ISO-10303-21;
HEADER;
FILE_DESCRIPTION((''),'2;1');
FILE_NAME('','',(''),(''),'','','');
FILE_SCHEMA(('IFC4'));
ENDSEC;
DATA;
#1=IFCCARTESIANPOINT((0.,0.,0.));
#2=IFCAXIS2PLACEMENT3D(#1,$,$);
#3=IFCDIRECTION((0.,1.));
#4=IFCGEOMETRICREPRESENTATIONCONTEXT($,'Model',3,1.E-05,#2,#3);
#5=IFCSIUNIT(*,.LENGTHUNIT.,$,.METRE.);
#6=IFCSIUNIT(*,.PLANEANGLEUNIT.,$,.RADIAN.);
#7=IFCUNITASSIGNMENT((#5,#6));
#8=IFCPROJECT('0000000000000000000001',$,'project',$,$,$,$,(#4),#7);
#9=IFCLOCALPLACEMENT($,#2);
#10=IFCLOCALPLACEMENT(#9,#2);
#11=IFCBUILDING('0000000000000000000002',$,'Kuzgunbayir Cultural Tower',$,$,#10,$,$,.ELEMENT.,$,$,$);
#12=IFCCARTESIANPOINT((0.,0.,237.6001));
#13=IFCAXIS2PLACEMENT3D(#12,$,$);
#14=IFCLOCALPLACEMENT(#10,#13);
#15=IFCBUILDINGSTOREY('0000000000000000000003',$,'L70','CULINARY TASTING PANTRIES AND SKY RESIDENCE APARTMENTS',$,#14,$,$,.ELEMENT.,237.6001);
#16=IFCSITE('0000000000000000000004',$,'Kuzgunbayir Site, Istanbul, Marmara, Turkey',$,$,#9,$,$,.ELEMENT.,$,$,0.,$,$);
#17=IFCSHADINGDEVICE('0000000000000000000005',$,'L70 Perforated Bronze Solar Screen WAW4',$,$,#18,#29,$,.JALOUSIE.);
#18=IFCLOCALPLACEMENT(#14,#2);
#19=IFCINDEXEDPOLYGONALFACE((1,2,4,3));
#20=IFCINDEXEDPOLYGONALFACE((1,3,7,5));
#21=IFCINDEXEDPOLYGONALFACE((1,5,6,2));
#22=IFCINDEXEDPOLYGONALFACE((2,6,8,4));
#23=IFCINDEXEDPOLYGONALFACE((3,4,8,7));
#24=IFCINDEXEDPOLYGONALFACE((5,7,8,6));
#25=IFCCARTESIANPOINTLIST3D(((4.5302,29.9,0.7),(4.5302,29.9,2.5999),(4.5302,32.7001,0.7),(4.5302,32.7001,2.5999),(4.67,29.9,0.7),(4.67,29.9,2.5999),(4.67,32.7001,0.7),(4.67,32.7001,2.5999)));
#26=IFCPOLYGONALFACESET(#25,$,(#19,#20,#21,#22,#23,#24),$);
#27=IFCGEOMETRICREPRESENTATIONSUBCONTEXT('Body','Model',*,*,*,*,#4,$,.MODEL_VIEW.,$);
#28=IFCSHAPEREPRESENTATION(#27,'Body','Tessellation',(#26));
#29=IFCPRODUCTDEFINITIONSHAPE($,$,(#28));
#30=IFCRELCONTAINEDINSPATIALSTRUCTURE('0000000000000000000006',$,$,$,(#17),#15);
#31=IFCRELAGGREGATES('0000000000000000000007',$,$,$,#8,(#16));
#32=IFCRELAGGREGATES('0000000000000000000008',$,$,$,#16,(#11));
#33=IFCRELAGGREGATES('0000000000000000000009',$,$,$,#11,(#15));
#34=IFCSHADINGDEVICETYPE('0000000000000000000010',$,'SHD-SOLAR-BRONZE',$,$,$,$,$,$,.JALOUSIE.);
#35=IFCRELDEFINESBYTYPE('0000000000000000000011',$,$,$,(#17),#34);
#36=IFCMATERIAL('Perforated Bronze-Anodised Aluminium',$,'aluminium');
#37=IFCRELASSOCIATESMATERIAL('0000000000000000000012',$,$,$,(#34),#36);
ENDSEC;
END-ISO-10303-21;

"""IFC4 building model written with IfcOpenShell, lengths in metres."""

from ifc_helpers import new_model, si_unit, direction, frame, origin, origin_2d, place, context, subcontext, project, spatial, rectangle, extrude, material, type_object, element, save


model = new_model("IFC4")

# Units and contexts
model_context = context("Model", 3, precision=1e-05, world=origin(), true_north=direction((0.0, 1.0)))
body_context = subcontext(model_context, "Body", "Model", "MODEL_VIEW")
ifc_project = project(units=[si_unit("LENGTHUNIT", "METRE"), si_unit("PLANEANGLEUNIT", "RADIAN")], contexts=[model_context])

# Site, building, storey
site_placement = place(None, origin())
site = spatial("IfcSite", under=ifc_project, at=site_placement, Name="Kuzgunbayir Site, Istanbul, Marmara, Turkey", CompositionType="ELEMENT", RefElevation=0.0)
building_placement = place(site_placement, origin())
building = spatial("IfcBuilding", under=site, at=building_placement, Name="Kuzgunbayir Cultural Tower", CompositionType="ELEMENT")
storey_placement = place(building_placement, frame((0.0, 0.0, 237.6001)))
storey = spatial("IfcBuildingStorey", under=building, at=storey_placement, Name="L70", Description="CULINARY TASTING PANTRIES AND SKY RESIDENCE APARTMENTS", CompositionType="ELEMENT", Elevation=237.6001)

# Shading device
ifc_material_1 = material(Name="Perforated Bronze-Anodised Aluminium", Category="aluminium")
shading_device_type = type_object("IfcShadingDeviceType", Name="SHD-SOLAR-BRONZE", PredefinedType="JALOUSIE", material=ifc_material_1)
shading_device_placement = place(storey_placement, frame((4.6001, 31.3, 0.7), z_axis=(0.0, 0.0, 1.0), x_axis=(1.0, 0.0, 0.0)))
element("IfcShadingDevice", 1, at=shading_device_placement, inside=storey, type_object=shading_device_type, Name="L70 Perforated Bronze Solar Screen WAW4", PredefinedType="JALOUSIE", context=body_context, shape_type="SweptSolid", body=[
    extrude(rectangle(XDim=0.1399, YDim=2.8, at=origin_2d()), origin(), (0.0, 0.0, 1.0), 1.8999),
])

save(model, "model.ifc")
